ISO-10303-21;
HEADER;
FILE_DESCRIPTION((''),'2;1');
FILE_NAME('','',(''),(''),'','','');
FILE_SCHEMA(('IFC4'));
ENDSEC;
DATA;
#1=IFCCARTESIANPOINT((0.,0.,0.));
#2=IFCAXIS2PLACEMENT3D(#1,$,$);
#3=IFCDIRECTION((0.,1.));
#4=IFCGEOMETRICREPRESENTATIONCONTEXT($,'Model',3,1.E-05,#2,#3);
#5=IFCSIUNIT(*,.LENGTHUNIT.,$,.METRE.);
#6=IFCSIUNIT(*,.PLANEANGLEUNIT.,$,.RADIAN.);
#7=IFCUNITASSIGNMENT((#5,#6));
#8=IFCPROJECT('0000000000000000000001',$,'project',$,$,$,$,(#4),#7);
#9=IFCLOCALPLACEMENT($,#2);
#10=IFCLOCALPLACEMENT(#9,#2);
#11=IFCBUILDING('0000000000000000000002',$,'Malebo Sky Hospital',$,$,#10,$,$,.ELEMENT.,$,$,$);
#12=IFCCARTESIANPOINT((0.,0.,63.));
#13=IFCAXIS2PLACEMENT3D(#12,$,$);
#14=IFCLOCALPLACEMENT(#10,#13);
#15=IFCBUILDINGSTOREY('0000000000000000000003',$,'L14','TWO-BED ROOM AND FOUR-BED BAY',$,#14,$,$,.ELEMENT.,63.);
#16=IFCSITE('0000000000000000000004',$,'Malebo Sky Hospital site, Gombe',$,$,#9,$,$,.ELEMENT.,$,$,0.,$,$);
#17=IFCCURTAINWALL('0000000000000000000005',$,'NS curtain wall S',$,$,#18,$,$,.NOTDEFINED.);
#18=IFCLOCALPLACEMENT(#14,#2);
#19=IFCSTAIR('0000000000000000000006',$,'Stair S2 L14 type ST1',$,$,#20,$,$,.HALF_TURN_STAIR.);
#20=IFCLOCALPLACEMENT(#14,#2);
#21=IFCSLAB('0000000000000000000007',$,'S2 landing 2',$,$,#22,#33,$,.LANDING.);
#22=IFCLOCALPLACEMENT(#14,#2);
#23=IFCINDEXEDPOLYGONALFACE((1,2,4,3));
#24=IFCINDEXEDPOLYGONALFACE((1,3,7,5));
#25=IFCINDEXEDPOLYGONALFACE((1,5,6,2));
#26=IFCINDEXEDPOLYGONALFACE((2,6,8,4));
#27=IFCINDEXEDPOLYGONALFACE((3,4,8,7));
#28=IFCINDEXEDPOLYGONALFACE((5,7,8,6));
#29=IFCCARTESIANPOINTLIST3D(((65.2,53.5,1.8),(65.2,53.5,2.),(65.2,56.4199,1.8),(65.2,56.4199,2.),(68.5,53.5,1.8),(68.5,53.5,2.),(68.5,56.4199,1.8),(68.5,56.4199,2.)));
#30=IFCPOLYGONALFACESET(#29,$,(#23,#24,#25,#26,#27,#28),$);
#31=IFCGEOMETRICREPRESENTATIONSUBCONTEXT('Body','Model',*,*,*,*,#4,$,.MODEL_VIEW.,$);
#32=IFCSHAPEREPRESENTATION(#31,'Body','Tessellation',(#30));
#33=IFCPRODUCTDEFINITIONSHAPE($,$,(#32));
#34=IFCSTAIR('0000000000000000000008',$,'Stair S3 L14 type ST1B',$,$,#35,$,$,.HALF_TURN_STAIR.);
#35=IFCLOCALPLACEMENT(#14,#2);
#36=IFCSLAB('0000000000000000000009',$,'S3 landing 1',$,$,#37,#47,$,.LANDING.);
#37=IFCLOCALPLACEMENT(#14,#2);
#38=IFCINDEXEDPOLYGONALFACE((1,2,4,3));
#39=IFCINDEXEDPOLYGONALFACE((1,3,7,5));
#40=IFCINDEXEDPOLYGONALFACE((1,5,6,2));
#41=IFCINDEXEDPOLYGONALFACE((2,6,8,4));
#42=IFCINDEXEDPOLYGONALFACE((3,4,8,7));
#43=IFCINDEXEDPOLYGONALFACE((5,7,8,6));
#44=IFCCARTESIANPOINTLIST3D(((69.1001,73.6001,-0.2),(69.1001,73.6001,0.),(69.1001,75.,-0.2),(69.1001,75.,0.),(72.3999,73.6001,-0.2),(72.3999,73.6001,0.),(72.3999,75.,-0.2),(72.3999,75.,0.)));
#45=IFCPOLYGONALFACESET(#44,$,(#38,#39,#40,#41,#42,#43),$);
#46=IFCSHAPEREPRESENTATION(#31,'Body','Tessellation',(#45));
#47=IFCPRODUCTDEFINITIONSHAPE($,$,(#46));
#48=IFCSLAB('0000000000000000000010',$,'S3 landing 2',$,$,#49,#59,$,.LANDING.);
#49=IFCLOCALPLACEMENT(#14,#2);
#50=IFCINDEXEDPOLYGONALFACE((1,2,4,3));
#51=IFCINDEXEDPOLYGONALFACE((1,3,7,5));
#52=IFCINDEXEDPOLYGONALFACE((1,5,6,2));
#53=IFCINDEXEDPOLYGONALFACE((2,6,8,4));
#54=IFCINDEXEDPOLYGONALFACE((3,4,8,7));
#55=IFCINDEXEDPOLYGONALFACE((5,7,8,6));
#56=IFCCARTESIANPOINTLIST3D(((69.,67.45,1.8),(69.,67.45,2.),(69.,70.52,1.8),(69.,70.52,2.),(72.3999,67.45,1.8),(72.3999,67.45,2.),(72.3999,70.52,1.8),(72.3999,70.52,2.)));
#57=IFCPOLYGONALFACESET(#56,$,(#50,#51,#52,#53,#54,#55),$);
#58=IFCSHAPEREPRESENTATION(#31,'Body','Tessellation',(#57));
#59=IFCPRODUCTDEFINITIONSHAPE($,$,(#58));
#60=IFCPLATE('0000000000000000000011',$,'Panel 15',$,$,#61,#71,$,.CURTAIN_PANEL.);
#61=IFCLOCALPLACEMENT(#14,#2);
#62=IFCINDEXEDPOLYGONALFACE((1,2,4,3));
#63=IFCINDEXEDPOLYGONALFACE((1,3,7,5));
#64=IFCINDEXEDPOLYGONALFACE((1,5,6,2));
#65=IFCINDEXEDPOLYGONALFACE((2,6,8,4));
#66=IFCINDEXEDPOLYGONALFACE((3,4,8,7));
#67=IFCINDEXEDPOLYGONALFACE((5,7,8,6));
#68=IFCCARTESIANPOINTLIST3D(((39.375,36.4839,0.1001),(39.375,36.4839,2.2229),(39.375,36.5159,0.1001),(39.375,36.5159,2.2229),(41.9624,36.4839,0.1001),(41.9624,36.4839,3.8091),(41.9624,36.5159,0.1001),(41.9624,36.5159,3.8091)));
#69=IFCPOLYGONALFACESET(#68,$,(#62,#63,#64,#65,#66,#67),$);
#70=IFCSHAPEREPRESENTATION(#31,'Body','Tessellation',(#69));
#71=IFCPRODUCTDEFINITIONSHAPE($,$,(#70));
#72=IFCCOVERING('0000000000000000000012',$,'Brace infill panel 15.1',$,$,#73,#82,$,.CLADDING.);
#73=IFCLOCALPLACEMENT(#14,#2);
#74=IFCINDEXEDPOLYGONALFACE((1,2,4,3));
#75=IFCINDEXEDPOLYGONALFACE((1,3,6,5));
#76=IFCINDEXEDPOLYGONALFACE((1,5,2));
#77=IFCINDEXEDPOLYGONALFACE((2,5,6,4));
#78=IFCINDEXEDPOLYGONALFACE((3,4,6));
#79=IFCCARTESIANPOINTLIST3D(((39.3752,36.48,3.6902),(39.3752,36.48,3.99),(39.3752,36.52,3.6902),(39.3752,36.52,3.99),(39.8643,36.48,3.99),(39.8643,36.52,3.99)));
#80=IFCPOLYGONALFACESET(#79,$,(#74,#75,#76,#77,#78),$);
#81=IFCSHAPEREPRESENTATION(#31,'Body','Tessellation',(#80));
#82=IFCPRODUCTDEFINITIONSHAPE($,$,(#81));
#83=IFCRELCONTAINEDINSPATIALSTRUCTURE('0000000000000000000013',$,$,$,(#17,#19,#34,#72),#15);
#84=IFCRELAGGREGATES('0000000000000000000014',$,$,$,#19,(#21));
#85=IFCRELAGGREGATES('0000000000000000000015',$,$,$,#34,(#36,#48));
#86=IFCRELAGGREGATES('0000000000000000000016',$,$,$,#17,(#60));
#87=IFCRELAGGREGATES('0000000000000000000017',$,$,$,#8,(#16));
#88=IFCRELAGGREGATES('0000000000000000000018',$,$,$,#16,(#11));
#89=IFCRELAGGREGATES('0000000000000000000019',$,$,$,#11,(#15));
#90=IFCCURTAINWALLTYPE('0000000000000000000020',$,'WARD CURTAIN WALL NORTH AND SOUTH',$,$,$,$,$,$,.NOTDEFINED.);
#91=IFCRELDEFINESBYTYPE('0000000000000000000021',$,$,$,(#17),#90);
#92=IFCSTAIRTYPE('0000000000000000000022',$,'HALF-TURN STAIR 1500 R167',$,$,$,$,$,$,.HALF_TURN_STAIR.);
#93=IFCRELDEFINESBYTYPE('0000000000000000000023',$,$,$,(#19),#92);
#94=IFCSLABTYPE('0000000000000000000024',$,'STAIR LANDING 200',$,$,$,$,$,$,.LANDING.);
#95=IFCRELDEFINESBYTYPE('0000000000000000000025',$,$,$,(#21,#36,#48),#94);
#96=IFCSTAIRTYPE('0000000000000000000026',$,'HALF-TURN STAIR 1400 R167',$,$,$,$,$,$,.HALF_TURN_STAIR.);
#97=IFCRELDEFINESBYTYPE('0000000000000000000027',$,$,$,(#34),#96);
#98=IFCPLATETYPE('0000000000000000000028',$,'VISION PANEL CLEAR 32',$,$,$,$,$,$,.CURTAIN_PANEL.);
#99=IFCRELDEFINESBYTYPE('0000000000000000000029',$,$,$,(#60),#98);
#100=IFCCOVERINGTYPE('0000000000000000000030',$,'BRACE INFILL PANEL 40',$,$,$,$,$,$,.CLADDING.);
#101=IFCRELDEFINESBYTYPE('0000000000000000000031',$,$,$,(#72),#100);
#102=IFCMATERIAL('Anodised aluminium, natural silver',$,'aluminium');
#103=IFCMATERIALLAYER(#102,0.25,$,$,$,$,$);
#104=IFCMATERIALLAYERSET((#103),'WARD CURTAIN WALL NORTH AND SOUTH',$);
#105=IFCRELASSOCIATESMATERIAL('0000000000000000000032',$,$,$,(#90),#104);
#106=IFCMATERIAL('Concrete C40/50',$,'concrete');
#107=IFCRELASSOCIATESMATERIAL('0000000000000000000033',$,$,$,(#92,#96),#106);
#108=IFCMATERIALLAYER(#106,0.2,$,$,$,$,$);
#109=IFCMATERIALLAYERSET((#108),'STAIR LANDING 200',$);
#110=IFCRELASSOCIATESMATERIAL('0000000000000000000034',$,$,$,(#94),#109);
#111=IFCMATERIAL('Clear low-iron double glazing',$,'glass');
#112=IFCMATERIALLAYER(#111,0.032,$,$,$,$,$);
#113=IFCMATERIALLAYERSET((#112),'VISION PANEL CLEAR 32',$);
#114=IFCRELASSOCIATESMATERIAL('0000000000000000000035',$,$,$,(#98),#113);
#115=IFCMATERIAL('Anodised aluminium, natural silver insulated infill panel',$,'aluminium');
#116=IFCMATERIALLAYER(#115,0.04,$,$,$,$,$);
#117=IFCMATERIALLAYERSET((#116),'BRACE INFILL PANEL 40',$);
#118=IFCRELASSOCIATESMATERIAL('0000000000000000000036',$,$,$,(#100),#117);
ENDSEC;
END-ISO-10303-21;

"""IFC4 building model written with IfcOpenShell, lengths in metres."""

from ifc_helpers import new_model, si_unit, direction, frame, origin, place, context, subcontext, project, spatial, polyline, outline, extrude, material, layer, layer_set, type_object, element, aggregate, save


model = new_model("IFC4")

# Units and contexts
model_context = context("Model", 3, precision=1e-05, world=origin(), true_north=direction((0.0, 1.0)))
body_context = subcontext(model_context, "Body", "Model", "MODEL_VIEW")
ifc_project = project(units=[si_unit("LENGTHUNIT", "METRE"), si_unit("PLANEANGLEUNIT", "RADIAN")], contexts=[model_context])

# Site, building, storey
site_placement = place(None, origin())
site = spatial("IfcSite", under=ifc_project, at=site_placement, Name="Malebo Sky Hospital site, Gombe", CompositionType="ELEMENT", RefElevation=0.0)
building_placement = place(site_placement, origin())
building = spatial("IfcBuilding", under=site, at=building_placement, Name="Malebo Sky Hospital", CompositionType="ELEMENT")
storey_placement = place(building_placement, frame((0.0, 0.0, 63.0)))
storey = spatial("IfcBuildingStorey", under=building, at=storey_placement, Name="L14", Description="TWO-BED ROOM AND FOUR-BED BAY", CompositionType="ELEMENT", Elevation=63.0)

# Curtain wall
ifc_material_1 = material(Name="Anodised aluminium, natural silver", Category="aluminium")
ifc_layer_1 = layer(ifc_material_1, 0.25)
ifc_layer_set_1 = layer_set([ifc_layer_1], Name="WARD CURTAIN WALL NORTH AND SOUTH")
curtain_wall_type = type_object("IfcCurtainWallType", Name="WARD CURTAIN WALL NORTH AND SOUTH", PredefinedType="NOTDEFINED", material=ifc_layer_set_1)
curtain_wall_placement = place(storey_placement, origin())
curtain_wall = element("IfcCurtainWall", 1, at=curtain_wall_placement, inside=storey, type_object=curtain_wall_type, Name="NS curtain wall S", PredefinedType="NOTDEFINED")

# Shared definitions
ifc_material_2 = material(Name="Concrete C40/50", Category="concrete")

# Stairs, slabs
stair_type_1 = type_object("IfcStairType", Name="HALF-TURN STAIR 1500 R167", PredefinedType="HALF_TURN_STAIR", material=ifc_material_2)
ifc_layer_2 = layer(ifc_material_2, 0.2)
ifc_layer_set_2 = layer_set([ifc_layer_2], Name="STAIR LANDING 200")
slab_type_1 = type_object("IfcSlabType", Name="STAIR LANDING 200", PredefinedType="LANDING", material=ifc_layer_set_2)
stair_1_placement = place(storey_placement, origin())
stair_1 = element("IfcStair", 2, at=stair_1_placement, inside=storey, type_object=stair_type_1, Name="Stair S2 L14 type ST1", PredefinedType="HALF_TURN_STAIR")
slab_1_placement = place(storey_placement, frame((0.0, 0.0, 1.8)))
slab_1 = element("IfcSlab", 3, at=slab_1_placement, type_object=slab_type_1, Name="S2 landing 2", PredefinedType="LANDING", context=body_context, shape_type="SweptSolid", body=[
    extrude(outline(polyline([(65.2, 53.5), (68.5, 53.5), (68.5, 56.4199), (65.2, 56.4199), (65.2, 53.5)])), origin(), (0.0, 0.0, 1.0), 0.2),
])
aggregate(stair_1, [slab_1])
stair_type_2 = type_object("IfcStairType", Name="HALF-TURN STAIR 1400 R167", PredefinedType="HALF_TURN_STAIR", material=ifc_material_2)
stair_2_placement = place(storey_placement, origin())
stair_2 = element("IfcStair", 4, at=stair_2_placement, inside=storey, type_object=stair_type_2, Name="Stair S3 L14 type ST1B", PredefinedType="HALF_TURN_STAIR")
slab_2_placement = place(storey_placement, frame((0.0, 0.0, -0.2)))
slab_2 = element("IfcSlab", 5, at=slab_2_placement, type_object=slab_type_1, Name="S3 landing 1", PredefinedType="LANDING", context=body_context, shape_type="SweptSolid", body=[
    extrude(outline(polyline([(69.1001, 73.6001), (72.3999, 73.6001), (72.3999, 75.0), (69.1001, 75.0), (69.1001, 73.6001)])), origin(), (0.0, 0.0, 1.0), 0.2),
])
slab_3_placement = place(storey_placement, frame((0.0, 0.0, 1.8)))
slab_3 = element("IfcSlab", 6, at=slab_3_placement, type_object=slab_type_1, Name="S3 landing 2", PredefinedType="LANDING", context=body_context, shape_type="SweptSolid", body=[
    extrude(outline(polyline([(69.0, 67.45), (72.3999, 67.45), (72.3999, 70.52), (69.0, 70.52), (69.0, 67.45)])), origin(), (0.0, 0.0, 1.0), 0.2),
])
aggregate(stair_2, [slab_2, slab_3])

# Plate
ifc_material_3 = material(Name="Clear low-iron double glazing", Category="glass")
ifc_layer_3 = layer(ifc_material_3, 0.032)
ifc_layer_set_3 = layer_set([ifc_layer_3], Name="VISION PANEL CLEAR 32")
plate_type = type_object("IfcPlateType", Name="VISION PANEL CLEAR 32", PredefinedType="CURTAIN_PANEL", material=ifc_layer_set_3)
plate_placement = place(storey_placement, frame((40.6687, 36.5, 0.1001), z_axis=(0.0, 0.0, 1.0), x_axis=(-1.0, 0.0, 0.0)))
plate = element("IfcPlate", 7, at=plate_placement, type_object=plate_type, Name="Panel 15", PredefinedType="CURTAIN_PANEL", context=body_context, shape_type="SweptSolid", body=[
    extrude(outline(polyline([(-1.2937, 0.0), (1.2937, 0.0), (1.2937, 2.1228), (-1.2937, 3.709), (-1.2937, 0.0)])), frame((0.0, 0.0161, 0.0), z_axis=(0.0, -1.0, 0.0), x_axis=(1.0, 0.0, 0.0)), (0.0, 0.0, 1.0), 0.032),
])
aggregate(curtain_wall, [plate])

# Covering
ifc_material_4 = material(Name="Anodised aluminium, natural silver insulated infill panel", Category="aluminium")
ifc_layer_4 = layer(ifc_material_4, 0.04)
ifc_layer_set_4 = layer_set([ifc_layer_4], Name="BRACE INFILL PANEL 40")
covering_type = type_object("IfcCoveringType", Name="BRACE INFILL PANEL 40", PredefinedType="CLADDING", material=ifc_layer_set_4)
covering_placement = place(storey_placement, frame((39.6196, 36.5, 3.6902), z_axis=(0.0, 0.0, 1.0), x_axis=(-1.0, 0.0, 0.0)))
element("IfcCovering", 8, at=covering_placement, inside=storey, type_object=covering_type, Name="Brace infill panel 15.1", PredefinedType="CLADDING", context=body_context, shape_type="SweptSolid", body=[
    extrude(outline(polyline([(0.2444, 0.0), (0.2444, 0.2998), (-0.2446, 0.2998), (0.2444, 0.0)])), frame((0.0, 0.02, 0.0), z_axis=(0.0, -1.0, 0.0), x_axis=(1.0, 0.0, 0.0)), (0.0, 0.0, 1.0), 0.04),
])

save(model, "model.ifc")
